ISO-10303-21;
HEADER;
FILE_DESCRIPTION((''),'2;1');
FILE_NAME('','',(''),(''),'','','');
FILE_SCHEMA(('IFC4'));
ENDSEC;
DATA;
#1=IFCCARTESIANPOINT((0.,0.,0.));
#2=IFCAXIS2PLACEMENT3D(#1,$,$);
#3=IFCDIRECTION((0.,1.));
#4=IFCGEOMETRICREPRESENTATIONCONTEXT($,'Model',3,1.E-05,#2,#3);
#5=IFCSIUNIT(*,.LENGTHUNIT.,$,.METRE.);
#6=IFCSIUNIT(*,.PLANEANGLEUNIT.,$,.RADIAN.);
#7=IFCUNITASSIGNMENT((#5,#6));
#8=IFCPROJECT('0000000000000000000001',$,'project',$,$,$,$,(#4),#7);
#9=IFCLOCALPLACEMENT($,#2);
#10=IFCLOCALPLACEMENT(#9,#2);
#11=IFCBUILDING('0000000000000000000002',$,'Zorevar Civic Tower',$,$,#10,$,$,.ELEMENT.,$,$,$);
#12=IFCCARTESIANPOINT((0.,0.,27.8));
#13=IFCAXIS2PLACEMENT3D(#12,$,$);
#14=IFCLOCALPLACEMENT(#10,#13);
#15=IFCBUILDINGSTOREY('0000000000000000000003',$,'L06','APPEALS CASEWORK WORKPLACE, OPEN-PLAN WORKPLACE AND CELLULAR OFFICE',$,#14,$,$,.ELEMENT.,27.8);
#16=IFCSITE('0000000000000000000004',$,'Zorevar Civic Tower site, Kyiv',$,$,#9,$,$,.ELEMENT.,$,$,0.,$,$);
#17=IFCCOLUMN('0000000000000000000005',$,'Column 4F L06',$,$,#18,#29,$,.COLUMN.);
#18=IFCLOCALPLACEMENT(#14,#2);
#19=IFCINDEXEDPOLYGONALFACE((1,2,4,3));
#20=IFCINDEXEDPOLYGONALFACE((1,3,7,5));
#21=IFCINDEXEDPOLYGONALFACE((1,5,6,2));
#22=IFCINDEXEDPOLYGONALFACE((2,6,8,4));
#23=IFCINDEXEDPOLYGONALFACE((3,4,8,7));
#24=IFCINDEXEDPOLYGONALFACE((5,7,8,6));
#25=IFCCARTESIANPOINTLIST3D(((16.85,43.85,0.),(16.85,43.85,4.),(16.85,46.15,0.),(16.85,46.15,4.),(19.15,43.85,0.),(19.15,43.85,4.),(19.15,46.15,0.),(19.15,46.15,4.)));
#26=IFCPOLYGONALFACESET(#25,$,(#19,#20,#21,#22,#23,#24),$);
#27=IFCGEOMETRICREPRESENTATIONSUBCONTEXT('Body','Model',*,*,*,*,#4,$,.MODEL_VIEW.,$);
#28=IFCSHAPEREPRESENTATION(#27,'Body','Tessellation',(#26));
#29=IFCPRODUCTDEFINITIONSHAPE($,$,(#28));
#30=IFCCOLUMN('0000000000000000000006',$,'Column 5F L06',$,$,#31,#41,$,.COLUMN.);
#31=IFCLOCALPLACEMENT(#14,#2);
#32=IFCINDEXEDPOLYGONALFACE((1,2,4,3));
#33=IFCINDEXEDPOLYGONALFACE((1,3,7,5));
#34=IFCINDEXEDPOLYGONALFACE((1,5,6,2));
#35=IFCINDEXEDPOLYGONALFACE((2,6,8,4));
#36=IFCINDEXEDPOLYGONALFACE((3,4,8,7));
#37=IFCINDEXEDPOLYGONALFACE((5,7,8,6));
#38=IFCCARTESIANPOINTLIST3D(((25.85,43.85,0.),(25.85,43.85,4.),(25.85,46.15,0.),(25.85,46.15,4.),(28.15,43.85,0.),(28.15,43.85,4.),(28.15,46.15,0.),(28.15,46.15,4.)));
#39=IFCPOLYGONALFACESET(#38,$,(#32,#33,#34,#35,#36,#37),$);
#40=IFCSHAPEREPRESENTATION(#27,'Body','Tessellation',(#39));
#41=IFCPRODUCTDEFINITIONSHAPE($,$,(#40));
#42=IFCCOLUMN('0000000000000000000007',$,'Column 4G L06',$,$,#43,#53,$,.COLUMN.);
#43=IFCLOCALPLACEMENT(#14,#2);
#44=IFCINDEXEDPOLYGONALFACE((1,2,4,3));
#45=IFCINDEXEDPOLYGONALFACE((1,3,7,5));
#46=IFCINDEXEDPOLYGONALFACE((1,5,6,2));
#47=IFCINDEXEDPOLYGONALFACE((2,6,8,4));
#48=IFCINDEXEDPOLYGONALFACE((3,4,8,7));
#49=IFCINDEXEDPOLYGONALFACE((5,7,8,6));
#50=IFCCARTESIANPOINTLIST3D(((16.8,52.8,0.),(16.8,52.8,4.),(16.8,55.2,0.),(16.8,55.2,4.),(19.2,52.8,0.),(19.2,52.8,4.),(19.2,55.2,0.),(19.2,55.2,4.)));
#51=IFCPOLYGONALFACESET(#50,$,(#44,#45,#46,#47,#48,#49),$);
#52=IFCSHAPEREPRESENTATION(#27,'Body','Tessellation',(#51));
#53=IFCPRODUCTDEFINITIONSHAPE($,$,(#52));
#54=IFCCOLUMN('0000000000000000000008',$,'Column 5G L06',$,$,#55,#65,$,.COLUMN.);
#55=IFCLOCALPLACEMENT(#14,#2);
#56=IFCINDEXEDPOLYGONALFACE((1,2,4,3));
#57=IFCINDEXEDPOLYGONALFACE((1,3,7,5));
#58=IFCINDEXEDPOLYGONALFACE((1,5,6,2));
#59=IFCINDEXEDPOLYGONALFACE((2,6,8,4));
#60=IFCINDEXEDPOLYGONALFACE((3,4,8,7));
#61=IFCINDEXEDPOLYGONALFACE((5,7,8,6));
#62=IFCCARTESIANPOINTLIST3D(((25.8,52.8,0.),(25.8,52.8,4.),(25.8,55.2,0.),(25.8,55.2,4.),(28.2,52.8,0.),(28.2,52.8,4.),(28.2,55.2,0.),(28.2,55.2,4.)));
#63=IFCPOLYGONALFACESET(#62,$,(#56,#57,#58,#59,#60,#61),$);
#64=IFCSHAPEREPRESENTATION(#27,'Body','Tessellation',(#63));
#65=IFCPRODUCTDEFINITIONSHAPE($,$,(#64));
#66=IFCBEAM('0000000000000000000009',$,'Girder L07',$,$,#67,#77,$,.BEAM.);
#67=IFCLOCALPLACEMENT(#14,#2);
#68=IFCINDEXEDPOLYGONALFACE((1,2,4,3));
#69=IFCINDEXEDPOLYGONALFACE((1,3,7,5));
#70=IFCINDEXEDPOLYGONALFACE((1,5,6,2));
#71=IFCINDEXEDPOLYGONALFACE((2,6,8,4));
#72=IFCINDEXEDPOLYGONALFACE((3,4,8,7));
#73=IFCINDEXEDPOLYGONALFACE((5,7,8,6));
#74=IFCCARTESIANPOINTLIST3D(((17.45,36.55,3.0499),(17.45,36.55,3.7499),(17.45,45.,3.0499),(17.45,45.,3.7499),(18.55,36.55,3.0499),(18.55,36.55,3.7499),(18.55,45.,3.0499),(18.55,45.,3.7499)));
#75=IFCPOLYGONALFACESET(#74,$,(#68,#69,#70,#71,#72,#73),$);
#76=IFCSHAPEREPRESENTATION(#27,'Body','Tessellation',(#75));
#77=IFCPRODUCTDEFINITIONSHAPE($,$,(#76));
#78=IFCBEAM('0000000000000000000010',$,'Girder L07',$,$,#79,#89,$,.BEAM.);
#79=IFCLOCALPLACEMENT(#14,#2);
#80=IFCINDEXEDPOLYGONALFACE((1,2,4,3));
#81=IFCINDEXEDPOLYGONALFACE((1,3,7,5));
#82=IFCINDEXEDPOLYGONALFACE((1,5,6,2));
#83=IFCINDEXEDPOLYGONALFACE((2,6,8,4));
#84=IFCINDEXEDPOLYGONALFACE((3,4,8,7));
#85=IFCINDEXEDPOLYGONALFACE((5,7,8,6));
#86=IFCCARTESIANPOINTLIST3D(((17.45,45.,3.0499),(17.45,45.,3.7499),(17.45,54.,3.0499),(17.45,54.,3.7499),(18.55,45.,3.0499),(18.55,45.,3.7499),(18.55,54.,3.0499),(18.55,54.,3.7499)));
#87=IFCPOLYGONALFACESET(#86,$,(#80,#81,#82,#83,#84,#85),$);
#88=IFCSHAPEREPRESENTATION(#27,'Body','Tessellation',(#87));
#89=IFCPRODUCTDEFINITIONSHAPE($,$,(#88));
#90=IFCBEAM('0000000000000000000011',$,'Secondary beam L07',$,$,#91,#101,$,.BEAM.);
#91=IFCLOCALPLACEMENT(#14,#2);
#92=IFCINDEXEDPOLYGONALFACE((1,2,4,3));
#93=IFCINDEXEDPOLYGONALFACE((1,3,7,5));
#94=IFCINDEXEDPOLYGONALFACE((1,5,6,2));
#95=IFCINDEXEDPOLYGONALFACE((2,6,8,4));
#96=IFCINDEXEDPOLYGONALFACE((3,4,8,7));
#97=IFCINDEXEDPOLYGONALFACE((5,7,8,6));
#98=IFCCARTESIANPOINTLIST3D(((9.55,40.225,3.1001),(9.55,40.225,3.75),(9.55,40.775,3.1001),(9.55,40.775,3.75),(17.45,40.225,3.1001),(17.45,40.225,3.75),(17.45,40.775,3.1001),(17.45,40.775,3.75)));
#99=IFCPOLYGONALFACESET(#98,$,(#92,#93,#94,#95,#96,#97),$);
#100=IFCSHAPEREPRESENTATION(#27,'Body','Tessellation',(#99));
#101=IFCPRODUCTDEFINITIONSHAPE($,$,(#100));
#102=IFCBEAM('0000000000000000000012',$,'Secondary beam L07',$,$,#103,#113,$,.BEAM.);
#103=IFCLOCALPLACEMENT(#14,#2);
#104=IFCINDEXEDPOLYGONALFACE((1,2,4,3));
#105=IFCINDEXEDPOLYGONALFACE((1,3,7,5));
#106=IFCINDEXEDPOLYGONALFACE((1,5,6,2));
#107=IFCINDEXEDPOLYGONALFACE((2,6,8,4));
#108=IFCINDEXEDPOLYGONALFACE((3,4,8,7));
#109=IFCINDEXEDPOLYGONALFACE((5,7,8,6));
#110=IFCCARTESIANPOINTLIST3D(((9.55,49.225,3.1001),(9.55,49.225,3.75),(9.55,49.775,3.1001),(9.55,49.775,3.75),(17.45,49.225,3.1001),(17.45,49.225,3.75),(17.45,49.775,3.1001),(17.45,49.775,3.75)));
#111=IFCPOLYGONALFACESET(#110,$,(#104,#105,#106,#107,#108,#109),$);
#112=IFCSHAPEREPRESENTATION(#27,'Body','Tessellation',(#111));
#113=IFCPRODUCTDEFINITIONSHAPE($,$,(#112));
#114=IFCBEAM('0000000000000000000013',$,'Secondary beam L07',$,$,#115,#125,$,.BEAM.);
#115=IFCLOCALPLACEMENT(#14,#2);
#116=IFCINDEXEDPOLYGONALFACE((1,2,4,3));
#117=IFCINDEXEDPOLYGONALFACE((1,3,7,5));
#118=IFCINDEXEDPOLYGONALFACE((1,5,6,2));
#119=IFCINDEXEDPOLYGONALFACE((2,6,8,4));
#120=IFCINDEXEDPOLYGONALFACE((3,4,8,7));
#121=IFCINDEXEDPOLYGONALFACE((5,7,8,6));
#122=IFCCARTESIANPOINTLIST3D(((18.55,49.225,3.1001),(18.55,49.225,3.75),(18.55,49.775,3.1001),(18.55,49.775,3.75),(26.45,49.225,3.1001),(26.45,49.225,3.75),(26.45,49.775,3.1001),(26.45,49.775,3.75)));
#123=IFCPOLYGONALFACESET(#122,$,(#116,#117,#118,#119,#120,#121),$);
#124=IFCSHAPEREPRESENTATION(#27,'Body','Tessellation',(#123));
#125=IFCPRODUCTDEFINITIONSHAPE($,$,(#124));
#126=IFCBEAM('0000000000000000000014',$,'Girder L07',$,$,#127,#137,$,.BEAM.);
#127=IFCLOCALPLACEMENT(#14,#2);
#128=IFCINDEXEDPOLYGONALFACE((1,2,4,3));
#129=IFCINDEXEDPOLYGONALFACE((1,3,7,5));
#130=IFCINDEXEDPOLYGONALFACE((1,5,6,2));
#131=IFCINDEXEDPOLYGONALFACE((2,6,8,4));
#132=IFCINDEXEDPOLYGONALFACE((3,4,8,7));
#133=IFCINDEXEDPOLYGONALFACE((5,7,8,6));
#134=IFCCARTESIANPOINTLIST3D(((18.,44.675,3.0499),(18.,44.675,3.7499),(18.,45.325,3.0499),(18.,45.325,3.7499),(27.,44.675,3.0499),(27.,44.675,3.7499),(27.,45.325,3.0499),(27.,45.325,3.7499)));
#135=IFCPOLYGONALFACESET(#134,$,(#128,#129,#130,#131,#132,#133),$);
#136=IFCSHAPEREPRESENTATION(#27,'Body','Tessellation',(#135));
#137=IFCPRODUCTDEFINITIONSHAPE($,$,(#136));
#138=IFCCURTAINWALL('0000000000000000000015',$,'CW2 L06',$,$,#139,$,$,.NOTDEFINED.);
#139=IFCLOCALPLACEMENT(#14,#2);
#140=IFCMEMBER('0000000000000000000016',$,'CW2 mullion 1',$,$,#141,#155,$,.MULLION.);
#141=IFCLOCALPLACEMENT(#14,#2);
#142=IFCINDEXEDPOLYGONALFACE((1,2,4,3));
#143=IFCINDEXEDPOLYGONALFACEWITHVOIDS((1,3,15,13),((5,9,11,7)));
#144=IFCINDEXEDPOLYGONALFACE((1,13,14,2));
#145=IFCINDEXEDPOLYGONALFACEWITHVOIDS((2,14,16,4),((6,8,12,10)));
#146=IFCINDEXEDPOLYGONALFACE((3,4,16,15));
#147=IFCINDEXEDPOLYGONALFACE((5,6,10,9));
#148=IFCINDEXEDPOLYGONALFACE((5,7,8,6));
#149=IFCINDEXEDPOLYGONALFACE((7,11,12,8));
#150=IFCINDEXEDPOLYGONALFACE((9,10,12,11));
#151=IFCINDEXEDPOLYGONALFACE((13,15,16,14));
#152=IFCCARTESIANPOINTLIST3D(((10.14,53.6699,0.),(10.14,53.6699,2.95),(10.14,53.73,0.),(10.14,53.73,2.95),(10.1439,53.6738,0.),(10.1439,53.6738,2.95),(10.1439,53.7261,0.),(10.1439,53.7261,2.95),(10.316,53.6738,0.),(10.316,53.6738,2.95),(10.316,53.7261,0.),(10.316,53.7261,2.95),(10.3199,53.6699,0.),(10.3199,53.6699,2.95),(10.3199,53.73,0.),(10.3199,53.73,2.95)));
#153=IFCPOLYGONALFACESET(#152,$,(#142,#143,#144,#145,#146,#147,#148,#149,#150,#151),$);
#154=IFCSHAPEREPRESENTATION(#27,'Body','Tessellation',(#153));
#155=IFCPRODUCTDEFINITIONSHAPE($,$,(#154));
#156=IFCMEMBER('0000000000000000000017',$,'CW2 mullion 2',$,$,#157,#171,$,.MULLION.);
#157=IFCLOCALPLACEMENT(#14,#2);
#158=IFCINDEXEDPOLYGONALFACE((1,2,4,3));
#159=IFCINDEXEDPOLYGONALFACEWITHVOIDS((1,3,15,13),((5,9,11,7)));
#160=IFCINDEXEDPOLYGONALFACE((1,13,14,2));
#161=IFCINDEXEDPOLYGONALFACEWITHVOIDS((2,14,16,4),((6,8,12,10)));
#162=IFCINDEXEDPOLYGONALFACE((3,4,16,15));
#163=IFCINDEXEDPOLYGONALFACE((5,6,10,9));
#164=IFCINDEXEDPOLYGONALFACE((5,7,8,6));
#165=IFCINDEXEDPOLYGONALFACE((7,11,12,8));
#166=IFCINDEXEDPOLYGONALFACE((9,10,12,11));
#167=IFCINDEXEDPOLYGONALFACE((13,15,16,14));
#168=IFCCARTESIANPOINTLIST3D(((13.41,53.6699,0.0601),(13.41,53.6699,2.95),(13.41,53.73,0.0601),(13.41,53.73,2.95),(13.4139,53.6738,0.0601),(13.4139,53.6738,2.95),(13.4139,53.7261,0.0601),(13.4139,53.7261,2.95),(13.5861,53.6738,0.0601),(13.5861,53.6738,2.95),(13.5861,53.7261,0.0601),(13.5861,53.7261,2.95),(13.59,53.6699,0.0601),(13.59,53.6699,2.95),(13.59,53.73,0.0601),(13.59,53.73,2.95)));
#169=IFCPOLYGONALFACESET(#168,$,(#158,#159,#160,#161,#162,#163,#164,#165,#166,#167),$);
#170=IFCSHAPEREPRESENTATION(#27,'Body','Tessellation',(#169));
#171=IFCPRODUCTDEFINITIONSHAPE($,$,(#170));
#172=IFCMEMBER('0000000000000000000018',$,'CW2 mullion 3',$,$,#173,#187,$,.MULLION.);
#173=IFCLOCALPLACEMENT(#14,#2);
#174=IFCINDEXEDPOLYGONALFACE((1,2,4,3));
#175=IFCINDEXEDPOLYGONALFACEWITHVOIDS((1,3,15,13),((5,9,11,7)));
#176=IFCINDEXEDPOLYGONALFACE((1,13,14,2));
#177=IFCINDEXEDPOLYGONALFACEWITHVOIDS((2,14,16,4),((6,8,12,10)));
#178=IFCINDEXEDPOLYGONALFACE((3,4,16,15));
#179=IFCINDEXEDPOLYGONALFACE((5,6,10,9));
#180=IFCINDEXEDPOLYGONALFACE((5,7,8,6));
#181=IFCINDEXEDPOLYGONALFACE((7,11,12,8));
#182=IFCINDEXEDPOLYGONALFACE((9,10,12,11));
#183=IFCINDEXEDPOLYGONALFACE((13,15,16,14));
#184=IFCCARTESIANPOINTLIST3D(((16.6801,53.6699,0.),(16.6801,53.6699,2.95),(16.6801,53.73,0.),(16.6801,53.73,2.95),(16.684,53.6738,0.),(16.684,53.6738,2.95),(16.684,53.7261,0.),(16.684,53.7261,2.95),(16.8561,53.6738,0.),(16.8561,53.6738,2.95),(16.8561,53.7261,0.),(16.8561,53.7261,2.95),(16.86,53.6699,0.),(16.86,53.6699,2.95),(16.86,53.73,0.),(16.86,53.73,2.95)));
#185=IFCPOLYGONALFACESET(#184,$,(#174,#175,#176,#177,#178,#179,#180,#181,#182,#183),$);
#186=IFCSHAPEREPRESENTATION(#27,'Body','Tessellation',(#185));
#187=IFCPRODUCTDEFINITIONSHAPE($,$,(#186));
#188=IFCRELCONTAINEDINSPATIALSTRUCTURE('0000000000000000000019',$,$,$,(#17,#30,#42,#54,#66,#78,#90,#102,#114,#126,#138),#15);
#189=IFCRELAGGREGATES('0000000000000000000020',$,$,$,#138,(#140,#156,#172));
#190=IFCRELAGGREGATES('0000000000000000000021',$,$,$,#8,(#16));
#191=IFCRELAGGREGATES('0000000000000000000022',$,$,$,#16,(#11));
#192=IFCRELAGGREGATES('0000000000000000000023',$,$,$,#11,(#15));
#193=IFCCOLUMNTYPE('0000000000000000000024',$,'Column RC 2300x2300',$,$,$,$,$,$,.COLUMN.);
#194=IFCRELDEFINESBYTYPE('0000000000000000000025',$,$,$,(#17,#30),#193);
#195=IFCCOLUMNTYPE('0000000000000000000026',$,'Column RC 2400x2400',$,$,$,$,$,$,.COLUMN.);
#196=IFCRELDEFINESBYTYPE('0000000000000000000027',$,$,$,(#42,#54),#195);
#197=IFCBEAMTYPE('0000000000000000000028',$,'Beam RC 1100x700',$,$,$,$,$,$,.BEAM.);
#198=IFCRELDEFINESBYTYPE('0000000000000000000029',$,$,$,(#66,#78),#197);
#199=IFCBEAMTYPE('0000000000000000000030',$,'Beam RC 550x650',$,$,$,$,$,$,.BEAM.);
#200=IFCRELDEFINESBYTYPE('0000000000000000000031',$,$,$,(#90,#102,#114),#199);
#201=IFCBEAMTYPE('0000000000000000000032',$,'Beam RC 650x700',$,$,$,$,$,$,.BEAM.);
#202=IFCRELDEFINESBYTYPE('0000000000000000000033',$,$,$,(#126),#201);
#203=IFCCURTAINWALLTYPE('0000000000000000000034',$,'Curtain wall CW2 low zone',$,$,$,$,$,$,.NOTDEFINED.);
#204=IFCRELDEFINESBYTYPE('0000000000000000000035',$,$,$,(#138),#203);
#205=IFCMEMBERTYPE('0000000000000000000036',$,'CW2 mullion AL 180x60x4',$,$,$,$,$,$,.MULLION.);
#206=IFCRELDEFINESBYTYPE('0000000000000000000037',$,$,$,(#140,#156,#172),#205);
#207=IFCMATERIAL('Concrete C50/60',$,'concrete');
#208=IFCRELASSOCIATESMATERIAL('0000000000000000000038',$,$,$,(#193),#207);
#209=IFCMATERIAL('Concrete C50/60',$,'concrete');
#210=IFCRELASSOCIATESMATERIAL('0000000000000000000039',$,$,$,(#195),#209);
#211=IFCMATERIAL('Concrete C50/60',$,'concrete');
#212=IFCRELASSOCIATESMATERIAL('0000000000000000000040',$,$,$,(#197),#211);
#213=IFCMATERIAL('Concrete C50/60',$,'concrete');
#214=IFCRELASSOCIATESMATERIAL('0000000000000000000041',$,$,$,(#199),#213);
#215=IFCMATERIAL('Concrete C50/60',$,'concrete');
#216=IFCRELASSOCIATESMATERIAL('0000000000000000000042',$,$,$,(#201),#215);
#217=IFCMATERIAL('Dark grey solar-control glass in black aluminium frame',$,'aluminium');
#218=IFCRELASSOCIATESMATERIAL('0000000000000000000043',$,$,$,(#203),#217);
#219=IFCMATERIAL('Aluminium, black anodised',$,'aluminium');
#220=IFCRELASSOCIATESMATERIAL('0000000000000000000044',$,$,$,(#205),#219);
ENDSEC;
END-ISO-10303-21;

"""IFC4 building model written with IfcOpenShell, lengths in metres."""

from ifc_helpers import new_model, si_unit, direction, frame, origin, origin_2d, place, context, subcontext, project, spatial, rectangle, hollow_rectangle, extrude, material, material_profile, profile_set, type_object, element, aggregate, save


model = new_model("IFC4")

# Units and contexts
model_context = context("Model", 3, precision=1e-05, world=origin(), true_north=direction((0.0, 1.0)))
body_context = subcontext(model_context, "Body", "Model", "MODEL_VIEW")
ifc_project = project(units=[si_unit("LENGTHUNIT", "METRE"), si_unit("PLANEANGLEUNIT", "RADIAN")], contexts=[model_context])

# Site, building, storey
site_placement = place(None, origin())
site = spatial("IfcSite", under=ifc_project, at=site_placement, Name="Zorevar Civic Tower site, Kyiv", CompositionType="ELEMENT", RefElevation=0.0)
building_placement = place(site_placement, origin())
building = spatial("IfcBuilding", under=site, at=building_placement, Name="Zorevar Civic Tower", CompositionType="ELEMENT")
storey_placement = place(building_placement, frame((0.0, 0.0, 27.8)))
storey = spatial("IfcBuildingStorey", under=building, at=storey_placement, Name="L06", Description="APPEALS CASEWORK WORKPLACE, OPEN-PLAN WORKPLACE AND CELLULAR OFFICE", CompositionType="ELEMENT", Elevation=27.8)

# Columns
ifc_material_1 = material(Name="Concrete C50/60", Category="concrete")
ifc_material_profile_1 = material_profile(ifc_material_1, rectangle(XDim=2.3, YDim=2.3, at=origin_2d()), Name="RC 2300x2300")
ifc_profile_set_1 = profile_set([ifc_material_profile_1], Name="Concrete C50/60")
column_type_1 = type_object("IfcColumnType", Name="Column RC 2300x2300", PredefinedType="COLUMN", material=ifc_profile_set_1)
for number, where, z_axis, x_axis, name in (
    (1, (18.0, 45.0, 0.0), (0.0, 0.0, 1.0), (1.0, 0.0, 0.0), "Column 4F L06"),
    (2, (27.0, 45.0, 0.0), (0.0, 0.0, 1.0), (1.0, 0.0, 0.0), "Column 5F L06"),
):
    element("IfcColumn", number, at=place(storey_placement, frame(where, z_axis=z_axis, x_axis=x_axis)), inside=storey, type_object=column_type_1, Name=name, PredefinedType="COLUMN", context=body_context, shape_type="SweptSolid", body=[
        extrude(rectangle(XDim=2.3, YDim=2.3, at=origin_2d()), origin(), (0.0, 0.0, 1.0), 4.0),
    ])
ifc_material_2 = material(Name="Concrete C50/60", Category="concrete")
ifc_material_profile_2 = material_profile(ifc_material_2, rectangle(XDim=2.3999, YDim=2.3999, at=origin_2d()), Name="RC 2400x2400")
ifc_profile_set_2 = profile_set([ifc_material_profile_2], Name="Concrete C50/60")
column_type_2 = type_object("IfcColumnType", Name="Column RC 2400x2400", PredefinedType="COLUMN", material=ifc_profile_set_2)
for number, where, z_axis, x_axis, name in (
    (3, (18.0, 54.0, 0.0), (0.0, 0.0, 1.0), (1.0, 0.0, 0.0), "Column 4G L06"),
    (4, (27.0, 54.0, 0.0), (0.0, 0.0, 1.0), (1.0, 0.0, 0.0), "Column 5G L06"),
):
    element("IfcColumn", number, at=place(storey_placement, frame(where, z_axis=z_axis, x_axis=x_axis)), inside=storey, type_object=column_type_2, Name=name, PredefinedType="COLUMN", context=body_context, shape_type="SweptSolid", body=[
        extrude(rectangle(XDim=2.3999, YDim=2.3999, at=origin_2d()), origin(), (0.0, 0.0, 1.0), 4.0),
    ])

# Beams
ifc_material_3 = material(Name="Concrete C50/60", Category="concrete")
ifc_material_profile_3 = material_profile(ifc_material_3, rectangle(XDim=1.1001, YDim=0.7, at=origin_2d()), Name="RC 1100x700")
ifc_profile_set_3 = profile_set([ifc_material_profile_3], Name="Concrete C50/60")
beam_type_1 = type_object("IfcBeamType", Name="Beam RC 1100x700", PredefinedType="BEAM", material=ifc_profile_set_3)
beam_1_placement = place(storey_placement, frame((18.0, 36.55, 3.3999), z_axis=(0.0, 1.0, 0.0), x_axis=(-1.0, 0.0, 0.0)))
element("IfcBeam", 5, at=beam_1_placement, inside=storey, type_object=beam_type_1, Name="Girder L07", PredefinedType="BEAM", context=body_context, shape_type="SweptSolid", body=[
    extrude(rectangle(XDim=1.1001, YDim=0.7, at=origin_2d()), origin(), (0.0, 0.0, 1.0), 8.45),
])
beam_2_placement = place(storey_placement, frame((18.0, 45.0, 3.3999), z_axis=(0.0, 1.0, 0.0), x_axis=(-1.0, 0.0, 0.0)))
element("IfcBeam", 6, at=beam_2_placement, inside=storey, type_object=beam_type_1, Name="Girder L07", PredefinedType="BEAM", context=body_context, shape_type="SweptSolid", body=[
    extrude(rectangle(XDim=1.1001, YDim=0.7, at=origin_2d()), origin(), (0.0, 0.0, 1.0), 9.0),
])
ifc_material_4 = material(Name="Concrete C50/60", Category="concrete")
ifc_material_profile_4 = material_profile(ifc_material_4, rectangle(XDim=0.55, YDim=0.6499, at=origin_2d()), Name="RC 550x650")
ifc_profile_set_4 = profile_set([ifc_material_profile_4], Name="Concrete C50/60")
beam_type_2 = type_object("IfcBeamType", Name="Beam RC 550x650", PredefinedType="BEAM", material=ifc_profile_set_4)
for number, where, z_axis, x_axis, name in (
    (7, (9.55, 40.5, 3.425), (1.0, 0.0, 0.0), (0.0, 1.0, 0.0), "Secondary beam L07"),
    (8, (9.55, 49.5, 3.425), (1.0, 0.0, 0.0), (0.0, 1.0, 0.0), "Secondary beam L07"),
    (9, (18.55, 49.5, 3.425), (1.0, 0.0, 0.0), (0.0, 1.0, 0.0), "Secondary beam L07"),
):
    element("IfcBeam", number, at=place(storey_placement, frame(where, z_axis=z_axis, x_axis=x_axis)), inside=storey, type_object=beam_type_2, Name=name, PredefinedType="BEAM", context=body_context, shape_type="SweptSolid", body=[
        extrude(rectangle(XDim=0.55, YDim=0.6499, at=origin_2d()), origin(), (0.0, 0.0, 1.0), 7.8999),
    ])
ifc_material_5 = material(Name="Concrete C50/60", Category="concrete")
ifc_material_profile_5 = material_profile(ifc_material_5, rectangle(XDim=0.6499, YDim=0.7, at=origin_2d()), Name="RC 650x700")
ifc_profile_set_5 = profile_set([ifc_material_profile_5], Name="Concrete C50/60")
beam_type_3 = type_object("IfcBeamType", Name="Beam RC 650x700", PredefinedType="BEAM", material=ifc_profile_set_5)
beam_3_placement = place(storey_placement, frame((18.0, 45.0, 3.3999), z_axis=(1.0, 0.0, 0.0), x_axis=(0.0, 1.0, 0.0)))
element("IfcBeam", 10, at=beam_3_placement, inside=storey, type_object=beam_type_3, Name="Girder L07", PredefinedType="BEAM", context=body_context, shape_type="SweptSolid", body=[
    extrude(rectangle(XDim=0.6499, YDim=0.7, at=origin_2d()), origin(), (0.0, 0.0, 1.0), 9.0),
])

# Curtain wall, members
ifc_material_6 = material(Name="Dark grey solar-control glass in black aluminium frame", Category="aluminium")
curtain_wall_type = type_object("IfcCurtainWallType", Name="Curtain wall CW2 low zone", PredefinedType="NOTDEFINED", material=ifc_material_6)
curtain_wall_1_placement = place(storey_placement, origin())
curtain_wall_1 = element("IfcCurtainWall", 11, at=curtain_wall_1_placement, inside=storey, type_object=curtain_wall_type, Name="CW2 L06", PredefinedType="NOTDEFINED")
ifc_material_7 = material(Name="Aluminium, black anodised", Category="aluminium")
ifc_material_profile_6 = material_profile(ifc_material_7, hollow_rectangle(XDim=0.0601, YDim=0.1799, WallThickness=0.0039, at=origin_2d()), Name="AL 180x60x4")
ifc_profile_set_6 = profile_set([ifc_material_profile_6], Name="Aluminium, black anodised")
member_type_1 = type_object("IfcMemberType", Name="CW2 mullion AL 180x60x4", PredefinedType="MULLION", material=ifc_profile_set_6)
member_1_placement = place(storey_placement, frame((10.23, 53.7, 0.0), z_axis=(0.0, 0.0, 1.0), x_axis=(0.0, 1.0, 0.0)))
member_1 = element("IfcMember", 12, at=member_1_placement, type_object=member_type_1, Name="CW2 mullion 1", PredefinedType="MULLION", context=body_context, shape_type="SweptSolid", body=[
    extrude(hollow_rectangle(XDim=0.0601, YDim=0.1799, WallThickness=0.0039, at=origin_2d()), origin(), (0.0, 0.0, 1.0), 2.95),
])
member_2_placement = place(storey_placement, frame((13.5, 53.7, 0.0601), z_axis=(0.0, 0.0, 1.0), x_axis=(0.0, 1.0, 0.0)))
member_2 = element("IfcMember", 13, at=member_2_placement, type_object=member_type_1, Name="CW2 mullion 2", PredefinedType="MULLION", context=body_context, shape_type="SweptSolid", body=[
    extrude(hollow_rectangle(XDim=0.0601, YDim=0.1799, WallThickness=0.0039, at=origin_2d()), origin(), (0.0, 0.0, 1.0), 2.8899),
])
member_3_placement = place(storey_placement, frame((16.77, 53.7, 0.0), z_axis=(0.0, 0.0, 1.0), x_axis=(0.0, 1.0, 0.0)))
member_3 = element("IfcMember", 14, at=member_3_placement, type_object=member_type_1, Name="CW2 mullion 3", PredefinedType="MULLION", context=body_context, shape_type="SweptSolid", body=[
    extrude(hollow_rectangle(XDim=0.0601, YDim=0.1799, WallThickness=0.0039, at=origin_2d()), origin(), (0.0, 0.0, 1.0), 2.95),
])

aggregate(curtain_wall_1, [member_1, member_2, member_3])

save(model, "model.ifc")
